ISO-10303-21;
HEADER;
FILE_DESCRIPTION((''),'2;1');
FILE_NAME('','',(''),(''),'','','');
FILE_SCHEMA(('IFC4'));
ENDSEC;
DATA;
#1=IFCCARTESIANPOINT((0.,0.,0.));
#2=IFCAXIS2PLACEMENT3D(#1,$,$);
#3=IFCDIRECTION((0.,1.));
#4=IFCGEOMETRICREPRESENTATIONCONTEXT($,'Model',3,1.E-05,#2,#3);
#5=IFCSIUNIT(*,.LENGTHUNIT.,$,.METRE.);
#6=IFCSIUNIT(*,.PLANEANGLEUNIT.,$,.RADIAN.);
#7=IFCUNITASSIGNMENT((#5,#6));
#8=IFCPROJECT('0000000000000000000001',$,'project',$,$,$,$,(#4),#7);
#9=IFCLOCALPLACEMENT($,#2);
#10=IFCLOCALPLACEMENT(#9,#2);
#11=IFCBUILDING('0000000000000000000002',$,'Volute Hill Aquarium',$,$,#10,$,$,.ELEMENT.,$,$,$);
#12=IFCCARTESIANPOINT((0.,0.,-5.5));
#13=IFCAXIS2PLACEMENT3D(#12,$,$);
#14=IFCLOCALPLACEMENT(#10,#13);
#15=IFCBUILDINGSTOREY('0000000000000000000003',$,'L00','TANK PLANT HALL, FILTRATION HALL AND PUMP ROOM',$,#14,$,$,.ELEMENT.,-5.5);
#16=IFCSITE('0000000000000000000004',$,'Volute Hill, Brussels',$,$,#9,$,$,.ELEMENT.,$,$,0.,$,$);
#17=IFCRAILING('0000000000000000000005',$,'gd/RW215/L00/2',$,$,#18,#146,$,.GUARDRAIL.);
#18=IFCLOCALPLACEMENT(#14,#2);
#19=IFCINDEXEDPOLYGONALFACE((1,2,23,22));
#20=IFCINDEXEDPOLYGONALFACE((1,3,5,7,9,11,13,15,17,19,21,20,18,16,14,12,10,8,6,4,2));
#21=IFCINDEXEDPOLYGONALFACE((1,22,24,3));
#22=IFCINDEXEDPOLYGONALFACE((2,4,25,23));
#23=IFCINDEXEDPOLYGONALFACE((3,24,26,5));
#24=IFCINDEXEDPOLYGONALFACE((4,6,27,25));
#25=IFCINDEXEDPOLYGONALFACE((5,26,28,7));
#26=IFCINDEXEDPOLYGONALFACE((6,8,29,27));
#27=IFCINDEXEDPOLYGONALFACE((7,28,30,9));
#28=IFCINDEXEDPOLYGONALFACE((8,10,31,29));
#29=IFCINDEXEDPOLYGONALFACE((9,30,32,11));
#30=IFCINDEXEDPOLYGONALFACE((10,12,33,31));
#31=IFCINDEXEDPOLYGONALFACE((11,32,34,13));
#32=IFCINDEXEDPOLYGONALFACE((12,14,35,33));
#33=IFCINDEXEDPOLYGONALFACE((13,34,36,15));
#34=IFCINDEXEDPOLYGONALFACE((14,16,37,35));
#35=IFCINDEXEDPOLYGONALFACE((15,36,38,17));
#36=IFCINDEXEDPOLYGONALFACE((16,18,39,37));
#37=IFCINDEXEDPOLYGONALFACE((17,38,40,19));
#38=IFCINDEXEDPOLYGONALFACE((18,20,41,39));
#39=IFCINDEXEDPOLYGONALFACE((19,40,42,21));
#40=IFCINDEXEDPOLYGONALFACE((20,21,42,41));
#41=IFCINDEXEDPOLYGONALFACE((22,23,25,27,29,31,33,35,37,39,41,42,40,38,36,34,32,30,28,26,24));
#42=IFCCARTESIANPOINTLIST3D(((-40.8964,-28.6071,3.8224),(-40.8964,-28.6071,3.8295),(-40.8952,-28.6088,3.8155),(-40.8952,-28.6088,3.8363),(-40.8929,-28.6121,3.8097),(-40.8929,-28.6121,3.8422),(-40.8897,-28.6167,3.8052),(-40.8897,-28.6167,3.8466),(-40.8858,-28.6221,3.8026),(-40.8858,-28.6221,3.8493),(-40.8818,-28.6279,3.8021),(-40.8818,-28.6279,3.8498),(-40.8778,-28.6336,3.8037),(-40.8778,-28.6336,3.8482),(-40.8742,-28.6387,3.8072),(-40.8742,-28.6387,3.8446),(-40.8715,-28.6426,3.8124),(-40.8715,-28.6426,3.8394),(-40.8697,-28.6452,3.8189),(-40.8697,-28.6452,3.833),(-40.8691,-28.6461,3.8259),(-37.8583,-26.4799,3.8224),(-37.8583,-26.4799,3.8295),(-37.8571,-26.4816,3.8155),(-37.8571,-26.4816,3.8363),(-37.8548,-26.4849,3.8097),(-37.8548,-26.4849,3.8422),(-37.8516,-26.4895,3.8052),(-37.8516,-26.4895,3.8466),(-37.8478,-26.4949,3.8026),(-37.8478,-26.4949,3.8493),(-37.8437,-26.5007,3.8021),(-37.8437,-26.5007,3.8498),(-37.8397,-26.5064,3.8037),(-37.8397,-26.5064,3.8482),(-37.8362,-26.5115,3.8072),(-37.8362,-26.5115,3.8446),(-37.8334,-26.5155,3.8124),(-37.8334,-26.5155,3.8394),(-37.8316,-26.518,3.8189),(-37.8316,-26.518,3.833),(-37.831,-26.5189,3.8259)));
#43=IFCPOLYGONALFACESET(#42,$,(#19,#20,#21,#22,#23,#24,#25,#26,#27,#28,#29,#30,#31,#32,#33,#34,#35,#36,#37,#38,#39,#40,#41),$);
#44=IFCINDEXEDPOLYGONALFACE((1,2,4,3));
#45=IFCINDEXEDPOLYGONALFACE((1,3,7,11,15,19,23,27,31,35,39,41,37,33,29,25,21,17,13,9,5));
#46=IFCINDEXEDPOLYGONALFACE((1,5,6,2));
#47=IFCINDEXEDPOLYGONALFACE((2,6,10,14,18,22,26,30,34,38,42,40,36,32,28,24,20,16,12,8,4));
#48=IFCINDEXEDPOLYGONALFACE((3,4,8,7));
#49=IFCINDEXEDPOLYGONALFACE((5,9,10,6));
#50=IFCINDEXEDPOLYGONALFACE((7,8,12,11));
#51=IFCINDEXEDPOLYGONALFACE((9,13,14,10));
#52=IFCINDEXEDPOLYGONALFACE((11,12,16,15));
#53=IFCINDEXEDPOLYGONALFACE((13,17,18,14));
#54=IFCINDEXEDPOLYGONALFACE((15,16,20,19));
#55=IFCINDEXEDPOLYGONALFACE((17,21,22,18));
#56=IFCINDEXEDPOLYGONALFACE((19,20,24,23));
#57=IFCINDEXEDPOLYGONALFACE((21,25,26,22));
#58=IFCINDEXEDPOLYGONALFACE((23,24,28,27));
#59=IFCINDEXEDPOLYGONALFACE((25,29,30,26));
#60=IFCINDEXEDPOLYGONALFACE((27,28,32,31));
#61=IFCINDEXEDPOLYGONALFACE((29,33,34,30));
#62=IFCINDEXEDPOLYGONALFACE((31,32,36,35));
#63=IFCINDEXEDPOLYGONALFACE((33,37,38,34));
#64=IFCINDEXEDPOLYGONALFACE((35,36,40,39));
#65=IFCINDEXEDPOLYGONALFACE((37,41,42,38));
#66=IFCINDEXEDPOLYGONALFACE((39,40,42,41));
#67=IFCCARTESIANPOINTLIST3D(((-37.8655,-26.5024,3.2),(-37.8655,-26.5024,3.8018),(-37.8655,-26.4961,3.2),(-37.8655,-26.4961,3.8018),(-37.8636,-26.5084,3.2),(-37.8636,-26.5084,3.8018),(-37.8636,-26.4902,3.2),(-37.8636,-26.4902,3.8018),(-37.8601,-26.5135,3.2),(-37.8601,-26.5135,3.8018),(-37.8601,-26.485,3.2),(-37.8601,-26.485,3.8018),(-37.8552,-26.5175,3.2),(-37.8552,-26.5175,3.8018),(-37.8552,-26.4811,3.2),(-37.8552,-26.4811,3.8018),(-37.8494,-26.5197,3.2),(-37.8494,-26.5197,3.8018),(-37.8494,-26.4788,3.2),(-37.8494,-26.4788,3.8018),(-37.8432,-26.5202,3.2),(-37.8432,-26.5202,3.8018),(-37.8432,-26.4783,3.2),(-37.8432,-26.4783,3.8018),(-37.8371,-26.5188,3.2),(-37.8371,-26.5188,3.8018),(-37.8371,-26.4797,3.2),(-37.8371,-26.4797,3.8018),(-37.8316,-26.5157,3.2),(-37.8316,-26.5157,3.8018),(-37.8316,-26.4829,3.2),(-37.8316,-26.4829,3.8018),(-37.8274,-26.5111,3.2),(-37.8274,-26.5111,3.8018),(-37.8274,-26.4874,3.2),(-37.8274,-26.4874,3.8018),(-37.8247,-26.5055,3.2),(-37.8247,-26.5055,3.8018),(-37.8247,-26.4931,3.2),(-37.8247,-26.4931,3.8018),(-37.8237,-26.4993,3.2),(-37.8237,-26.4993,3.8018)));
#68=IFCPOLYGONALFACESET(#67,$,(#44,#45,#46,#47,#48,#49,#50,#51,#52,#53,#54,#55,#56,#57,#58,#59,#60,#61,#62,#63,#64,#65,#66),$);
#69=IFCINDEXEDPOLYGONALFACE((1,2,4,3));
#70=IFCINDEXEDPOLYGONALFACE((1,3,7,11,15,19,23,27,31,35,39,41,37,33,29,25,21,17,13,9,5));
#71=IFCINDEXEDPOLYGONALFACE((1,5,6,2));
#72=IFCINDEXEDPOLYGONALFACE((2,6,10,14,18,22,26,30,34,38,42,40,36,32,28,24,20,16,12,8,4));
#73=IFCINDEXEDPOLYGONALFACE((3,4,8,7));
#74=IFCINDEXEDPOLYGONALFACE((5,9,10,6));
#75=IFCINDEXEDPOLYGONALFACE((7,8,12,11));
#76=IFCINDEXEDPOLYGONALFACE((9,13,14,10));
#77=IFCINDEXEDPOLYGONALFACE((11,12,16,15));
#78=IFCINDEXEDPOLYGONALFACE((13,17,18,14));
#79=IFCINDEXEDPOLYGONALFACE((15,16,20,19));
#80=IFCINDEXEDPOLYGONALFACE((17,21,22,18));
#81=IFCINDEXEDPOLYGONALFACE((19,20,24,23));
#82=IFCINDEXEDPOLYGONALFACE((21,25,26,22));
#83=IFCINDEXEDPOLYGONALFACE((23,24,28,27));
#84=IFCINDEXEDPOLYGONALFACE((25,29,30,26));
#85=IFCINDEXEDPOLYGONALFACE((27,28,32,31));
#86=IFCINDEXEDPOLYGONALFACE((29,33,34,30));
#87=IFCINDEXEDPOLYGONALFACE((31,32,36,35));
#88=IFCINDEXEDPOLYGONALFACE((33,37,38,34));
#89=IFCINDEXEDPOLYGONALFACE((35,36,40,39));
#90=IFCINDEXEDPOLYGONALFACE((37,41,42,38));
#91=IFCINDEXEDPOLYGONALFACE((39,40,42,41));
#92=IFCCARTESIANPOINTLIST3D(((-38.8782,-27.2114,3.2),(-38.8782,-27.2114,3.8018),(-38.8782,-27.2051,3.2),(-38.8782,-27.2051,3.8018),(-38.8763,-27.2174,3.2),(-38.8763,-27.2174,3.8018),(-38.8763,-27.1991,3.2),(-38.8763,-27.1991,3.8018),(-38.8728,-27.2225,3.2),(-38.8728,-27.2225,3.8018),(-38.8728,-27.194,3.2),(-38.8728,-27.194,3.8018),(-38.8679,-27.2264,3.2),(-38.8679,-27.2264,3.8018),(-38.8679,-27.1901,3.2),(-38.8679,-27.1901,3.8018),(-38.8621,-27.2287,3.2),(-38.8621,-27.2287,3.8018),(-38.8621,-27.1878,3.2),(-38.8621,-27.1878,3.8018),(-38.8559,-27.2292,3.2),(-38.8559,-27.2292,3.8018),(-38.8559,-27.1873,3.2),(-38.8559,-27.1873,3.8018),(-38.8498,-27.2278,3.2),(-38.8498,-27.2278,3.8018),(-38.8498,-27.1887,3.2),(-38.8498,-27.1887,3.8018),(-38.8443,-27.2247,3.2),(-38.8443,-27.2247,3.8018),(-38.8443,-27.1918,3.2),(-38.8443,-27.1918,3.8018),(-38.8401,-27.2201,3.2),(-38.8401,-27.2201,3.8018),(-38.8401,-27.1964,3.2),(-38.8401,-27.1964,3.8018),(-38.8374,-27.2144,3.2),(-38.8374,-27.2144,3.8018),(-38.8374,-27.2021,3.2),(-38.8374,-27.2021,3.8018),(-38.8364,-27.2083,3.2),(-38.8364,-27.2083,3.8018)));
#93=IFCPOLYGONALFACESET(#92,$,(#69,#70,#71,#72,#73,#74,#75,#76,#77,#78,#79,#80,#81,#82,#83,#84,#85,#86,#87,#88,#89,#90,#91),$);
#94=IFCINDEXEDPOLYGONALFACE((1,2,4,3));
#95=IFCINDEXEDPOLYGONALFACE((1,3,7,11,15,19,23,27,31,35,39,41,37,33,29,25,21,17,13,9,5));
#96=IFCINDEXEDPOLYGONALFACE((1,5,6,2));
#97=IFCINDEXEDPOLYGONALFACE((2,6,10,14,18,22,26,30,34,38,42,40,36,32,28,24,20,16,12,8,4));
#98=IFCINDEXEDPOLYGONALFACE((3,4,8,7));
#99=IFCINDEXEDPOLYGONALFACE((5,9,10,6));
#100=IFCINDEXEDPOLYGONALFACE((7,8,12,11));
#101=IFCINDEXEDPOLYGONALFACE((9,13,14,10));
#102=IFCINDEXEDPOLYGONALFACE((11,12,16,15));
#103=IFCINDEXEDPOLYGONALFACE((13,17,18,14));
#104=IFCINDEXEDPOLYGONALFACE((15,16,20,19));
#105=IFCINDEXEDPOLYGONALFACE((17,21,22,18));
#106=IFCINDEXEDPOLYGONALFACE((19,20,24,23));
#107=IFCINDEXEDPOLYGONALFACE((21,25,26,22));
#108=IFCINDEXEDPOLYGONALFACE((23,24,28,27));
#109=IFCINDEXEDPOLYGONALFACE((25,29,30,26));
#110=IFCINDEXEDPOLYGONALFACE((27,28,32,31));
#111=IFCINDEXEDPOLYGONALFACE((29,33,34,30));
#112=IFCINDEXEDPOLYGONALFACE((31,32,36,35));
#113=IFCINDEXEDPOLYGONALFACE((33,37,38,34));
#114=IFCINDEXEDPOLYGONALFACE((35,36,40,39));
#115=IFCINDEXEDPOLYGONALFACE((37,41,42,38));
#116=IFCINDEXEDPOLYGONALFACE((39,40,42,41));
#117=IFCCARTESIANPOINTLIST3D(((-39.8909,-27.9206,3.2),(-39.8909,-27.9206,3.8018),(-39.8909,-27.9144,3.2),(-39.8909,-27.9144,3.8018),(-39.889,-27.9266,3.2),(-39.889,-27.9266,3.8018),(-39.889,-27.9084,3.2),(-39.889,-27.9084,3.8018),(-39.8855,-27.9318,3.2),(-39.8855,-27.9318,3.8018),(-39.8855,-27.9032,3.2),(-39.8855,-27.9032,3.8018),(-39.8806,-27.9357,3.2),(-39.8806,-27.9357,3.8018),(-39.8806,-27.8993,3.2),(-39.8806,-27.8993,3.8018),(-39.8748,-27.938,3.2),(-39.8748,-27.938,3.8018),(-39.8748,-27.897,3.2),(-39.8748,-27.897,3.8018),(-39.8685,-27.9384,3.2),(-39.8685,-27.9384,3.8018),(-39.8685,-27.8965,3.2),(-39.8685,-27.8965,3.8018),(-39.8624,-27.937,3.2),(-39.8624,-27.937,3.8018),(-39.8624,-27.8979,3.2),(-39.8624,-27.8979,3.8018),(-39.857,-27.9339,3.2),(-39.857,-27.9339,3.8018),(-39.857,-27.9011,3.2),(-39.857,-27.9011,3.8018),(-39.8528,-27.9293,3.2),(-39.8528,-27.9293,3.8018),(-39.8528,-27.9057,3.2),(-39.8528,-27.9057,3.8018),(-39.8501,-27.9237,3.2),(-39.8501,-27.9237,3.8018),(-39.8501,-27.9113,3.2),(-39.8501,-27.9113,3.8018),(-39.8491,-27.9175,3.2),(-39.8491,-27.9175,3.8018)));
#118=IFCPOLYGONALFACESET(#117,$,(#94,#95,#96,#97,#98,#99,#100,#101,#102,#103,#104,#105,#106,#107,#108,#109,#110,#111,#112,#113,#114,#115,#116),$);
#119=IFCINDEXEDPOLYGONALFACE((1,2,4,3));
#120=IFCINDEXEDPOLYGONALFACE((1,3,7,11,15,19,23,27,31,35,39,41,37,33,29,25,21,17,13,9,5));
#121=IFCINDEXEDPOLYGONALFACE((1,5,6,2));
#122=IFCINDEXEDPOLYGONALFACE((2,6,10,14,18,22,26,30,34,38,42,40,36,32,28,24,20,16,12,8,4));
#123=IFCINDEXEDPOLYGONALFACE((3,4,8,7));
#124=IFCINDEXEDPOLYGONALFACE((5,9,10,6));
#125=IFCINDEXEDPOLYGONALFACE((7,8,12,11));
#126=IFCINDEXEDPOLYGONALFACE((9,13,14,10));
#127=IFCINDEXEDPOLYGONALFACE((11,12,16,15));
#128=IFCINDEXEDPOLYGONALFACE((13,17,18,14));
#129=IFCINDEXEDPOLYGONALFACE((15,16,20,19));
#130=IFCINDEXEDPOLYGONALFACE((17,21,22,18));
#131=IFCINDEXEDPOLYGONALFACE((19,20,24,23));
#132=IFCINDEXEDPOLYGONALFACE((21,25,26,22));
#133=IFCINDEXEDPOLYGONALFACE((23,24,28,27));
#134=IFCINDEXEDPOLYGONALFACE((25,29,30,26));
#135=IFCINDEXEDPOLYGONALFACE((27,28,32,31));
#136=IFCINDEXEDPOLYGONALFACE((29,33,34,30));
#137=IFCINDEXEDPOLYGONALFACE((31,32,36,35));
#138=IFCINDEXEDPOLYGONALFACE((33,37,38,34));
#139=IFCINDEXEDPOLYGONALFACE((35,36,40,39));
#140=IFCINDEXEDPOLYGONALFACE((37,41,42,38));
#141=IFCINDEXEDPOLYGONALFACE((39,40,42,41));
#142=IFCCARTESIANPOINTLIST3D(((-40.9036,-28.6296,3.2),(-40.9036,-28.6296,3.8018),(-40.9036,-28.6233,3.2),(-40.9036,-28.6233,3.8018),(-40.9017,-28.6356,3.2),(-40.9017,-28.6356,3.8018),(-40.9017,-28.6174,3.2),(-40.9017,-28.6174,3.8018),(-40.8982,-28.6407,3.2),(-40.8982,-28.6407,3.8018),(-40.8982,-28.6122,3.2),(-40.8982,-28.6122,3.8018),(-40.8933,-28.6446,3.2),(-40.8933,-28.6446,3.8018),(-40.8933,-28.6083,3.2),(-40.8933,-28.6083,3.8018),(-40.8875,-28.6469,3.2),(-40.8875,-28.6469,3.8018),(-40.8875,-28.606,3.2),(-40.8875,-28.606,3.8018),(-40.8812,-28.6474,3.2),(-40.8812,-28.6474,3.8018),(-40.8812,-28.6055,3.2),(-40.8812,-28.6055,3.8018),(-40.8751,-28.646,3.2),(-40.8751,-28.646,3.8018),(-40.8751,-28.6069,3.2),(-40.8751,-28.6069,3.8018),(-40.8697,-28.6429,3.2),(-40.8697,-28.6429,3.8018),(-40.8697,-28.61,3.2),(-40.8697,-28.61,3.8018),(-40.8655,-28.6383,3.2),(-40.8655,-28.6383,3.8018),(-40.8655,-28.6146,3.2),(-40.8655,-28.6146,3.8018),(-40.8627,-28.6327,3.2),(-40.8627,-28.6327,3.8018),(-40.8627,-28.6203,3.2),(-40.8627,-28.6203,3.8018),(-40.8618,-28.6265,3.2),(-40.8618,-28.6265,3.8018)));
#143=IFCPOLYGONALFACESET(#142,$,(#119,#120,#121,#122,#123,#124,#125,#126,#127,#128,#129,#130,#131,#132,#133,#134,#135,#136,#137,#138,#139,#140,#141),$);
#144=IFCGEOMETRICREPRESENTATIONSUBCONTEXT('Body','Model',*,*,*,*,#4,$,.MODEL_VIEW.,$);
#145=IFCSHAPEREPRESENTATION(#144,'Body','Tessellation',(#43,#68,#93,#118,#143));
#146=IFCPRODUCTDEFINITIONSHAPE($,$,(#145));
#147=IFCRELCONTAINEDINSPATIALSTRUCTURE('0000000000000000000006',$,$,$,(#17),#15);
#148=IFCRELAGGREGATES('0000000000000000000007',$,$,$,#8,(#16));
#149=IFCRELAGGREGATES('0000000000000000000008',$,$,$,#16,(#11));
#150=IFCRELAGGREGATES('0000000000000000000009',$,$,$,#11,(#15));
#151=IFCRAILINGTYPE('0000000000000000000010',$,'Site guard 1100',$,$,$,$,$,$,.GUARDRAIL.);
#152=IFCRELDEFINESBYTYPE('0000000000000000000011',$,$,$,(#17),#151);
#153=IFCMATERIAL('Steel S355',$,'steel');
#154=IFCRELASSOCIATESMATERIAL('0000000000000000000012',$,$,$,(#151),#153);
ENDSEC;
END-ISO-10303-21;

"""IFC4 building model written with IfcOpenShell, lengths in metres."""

from ifc_helpers import new_model, si_unit, direction, frame, origin, origin_2d, place, context, subcontext, project, spatial, circle, extrude, material, type_object, element, save


model = new_model("IFC4")

# Units and contexts
model_context = context("Model", 3, precision=1e-05, world=origin(), true_north=direction((0.0, 1.0)))
body_context = subcontext(model_context, "Body", "Model", "MODEL_VIEW")
ifc_project = project(units=[si_unit("LENGTHUNIT", "METRE"), si_unit("PLANEANGLEUNIT", "RADIAN")], contexts=[model_context])

# Site, building, storey
site_placement = place(None, origin())
site = spatial("IfcSite", under=ifc_project, at=site_placement, Name="Volute Hill, Brussels", CompositionType="ELEMENT", RefElevation=0.0)
building_placement = place(site_placement, origin())
building = spatial("IfcBuilding", under=site, at=building_placement, Name="Volute Hill Aquarium", CompositionType="ELEMENT")
storey_placement = place(building_placement, frame((0.0, 0.0, -5.5)))
storey = spatial("IfcBuildingStorey", under=building, at=storey_placement, Name="L00", Description="TANK PLANT HALL, FILTRATION HALL AND PUMP ROOM", CompositionType="ELEMENT", Elevation=-5.5)

# Railing
ifc_material_1 = material(Name="Steel S355", Category="steel")
railing_type = type_object("IfcRailingType", Name="Site guard 1100", PredefinedType="GUARDRAIL", material=ifc_material_1)
railing_1_placement = place(storey_placement, frame((-37.8447, -26.4993, 3.2)))
element("IfcRailing", 1, at=railing_1_placement, inside=storey, type_object=railing_type, Name="gd/RW215/L00/2", PredefinedType="GUARDRAIL", context=body_context, shape_type="SweptSolid", body=[
    extrude(circle(Radius=0.0239, at=origin_2d()), frame((0.0, 0.0, 0.626), z_axis=(-0.819164, -0.57356, 0.0), x_axis=(0.57356, -0.819164, 0.0)), (0.0, 0.0, 1.0), 3.7087),
    extrude(circle(Radius=0.021, at=origin_2d()), origin(), (0.0, 0.0, 1.0), 0.6018),
    extrude(circle(Radius=0.021, at=origin_2d()), frame((-1.0127, -0.709, 0.0)), (0.0, 0.0, 1.0), 0.6018),
    extrude(circle(Radius=0.021, at=origin_2d()), frame((-2.0254, -1.4182, 0.0)), (0.0, 0.0, 1.0), 0.6018),
    extrude(circle(Radius=0.021, at=origin_2d()), frame((-3.0381, -2.1272, 0.0)), (0.0, 0.0, 1.0), 0.6018),
])

save(model, "model.ifc")
